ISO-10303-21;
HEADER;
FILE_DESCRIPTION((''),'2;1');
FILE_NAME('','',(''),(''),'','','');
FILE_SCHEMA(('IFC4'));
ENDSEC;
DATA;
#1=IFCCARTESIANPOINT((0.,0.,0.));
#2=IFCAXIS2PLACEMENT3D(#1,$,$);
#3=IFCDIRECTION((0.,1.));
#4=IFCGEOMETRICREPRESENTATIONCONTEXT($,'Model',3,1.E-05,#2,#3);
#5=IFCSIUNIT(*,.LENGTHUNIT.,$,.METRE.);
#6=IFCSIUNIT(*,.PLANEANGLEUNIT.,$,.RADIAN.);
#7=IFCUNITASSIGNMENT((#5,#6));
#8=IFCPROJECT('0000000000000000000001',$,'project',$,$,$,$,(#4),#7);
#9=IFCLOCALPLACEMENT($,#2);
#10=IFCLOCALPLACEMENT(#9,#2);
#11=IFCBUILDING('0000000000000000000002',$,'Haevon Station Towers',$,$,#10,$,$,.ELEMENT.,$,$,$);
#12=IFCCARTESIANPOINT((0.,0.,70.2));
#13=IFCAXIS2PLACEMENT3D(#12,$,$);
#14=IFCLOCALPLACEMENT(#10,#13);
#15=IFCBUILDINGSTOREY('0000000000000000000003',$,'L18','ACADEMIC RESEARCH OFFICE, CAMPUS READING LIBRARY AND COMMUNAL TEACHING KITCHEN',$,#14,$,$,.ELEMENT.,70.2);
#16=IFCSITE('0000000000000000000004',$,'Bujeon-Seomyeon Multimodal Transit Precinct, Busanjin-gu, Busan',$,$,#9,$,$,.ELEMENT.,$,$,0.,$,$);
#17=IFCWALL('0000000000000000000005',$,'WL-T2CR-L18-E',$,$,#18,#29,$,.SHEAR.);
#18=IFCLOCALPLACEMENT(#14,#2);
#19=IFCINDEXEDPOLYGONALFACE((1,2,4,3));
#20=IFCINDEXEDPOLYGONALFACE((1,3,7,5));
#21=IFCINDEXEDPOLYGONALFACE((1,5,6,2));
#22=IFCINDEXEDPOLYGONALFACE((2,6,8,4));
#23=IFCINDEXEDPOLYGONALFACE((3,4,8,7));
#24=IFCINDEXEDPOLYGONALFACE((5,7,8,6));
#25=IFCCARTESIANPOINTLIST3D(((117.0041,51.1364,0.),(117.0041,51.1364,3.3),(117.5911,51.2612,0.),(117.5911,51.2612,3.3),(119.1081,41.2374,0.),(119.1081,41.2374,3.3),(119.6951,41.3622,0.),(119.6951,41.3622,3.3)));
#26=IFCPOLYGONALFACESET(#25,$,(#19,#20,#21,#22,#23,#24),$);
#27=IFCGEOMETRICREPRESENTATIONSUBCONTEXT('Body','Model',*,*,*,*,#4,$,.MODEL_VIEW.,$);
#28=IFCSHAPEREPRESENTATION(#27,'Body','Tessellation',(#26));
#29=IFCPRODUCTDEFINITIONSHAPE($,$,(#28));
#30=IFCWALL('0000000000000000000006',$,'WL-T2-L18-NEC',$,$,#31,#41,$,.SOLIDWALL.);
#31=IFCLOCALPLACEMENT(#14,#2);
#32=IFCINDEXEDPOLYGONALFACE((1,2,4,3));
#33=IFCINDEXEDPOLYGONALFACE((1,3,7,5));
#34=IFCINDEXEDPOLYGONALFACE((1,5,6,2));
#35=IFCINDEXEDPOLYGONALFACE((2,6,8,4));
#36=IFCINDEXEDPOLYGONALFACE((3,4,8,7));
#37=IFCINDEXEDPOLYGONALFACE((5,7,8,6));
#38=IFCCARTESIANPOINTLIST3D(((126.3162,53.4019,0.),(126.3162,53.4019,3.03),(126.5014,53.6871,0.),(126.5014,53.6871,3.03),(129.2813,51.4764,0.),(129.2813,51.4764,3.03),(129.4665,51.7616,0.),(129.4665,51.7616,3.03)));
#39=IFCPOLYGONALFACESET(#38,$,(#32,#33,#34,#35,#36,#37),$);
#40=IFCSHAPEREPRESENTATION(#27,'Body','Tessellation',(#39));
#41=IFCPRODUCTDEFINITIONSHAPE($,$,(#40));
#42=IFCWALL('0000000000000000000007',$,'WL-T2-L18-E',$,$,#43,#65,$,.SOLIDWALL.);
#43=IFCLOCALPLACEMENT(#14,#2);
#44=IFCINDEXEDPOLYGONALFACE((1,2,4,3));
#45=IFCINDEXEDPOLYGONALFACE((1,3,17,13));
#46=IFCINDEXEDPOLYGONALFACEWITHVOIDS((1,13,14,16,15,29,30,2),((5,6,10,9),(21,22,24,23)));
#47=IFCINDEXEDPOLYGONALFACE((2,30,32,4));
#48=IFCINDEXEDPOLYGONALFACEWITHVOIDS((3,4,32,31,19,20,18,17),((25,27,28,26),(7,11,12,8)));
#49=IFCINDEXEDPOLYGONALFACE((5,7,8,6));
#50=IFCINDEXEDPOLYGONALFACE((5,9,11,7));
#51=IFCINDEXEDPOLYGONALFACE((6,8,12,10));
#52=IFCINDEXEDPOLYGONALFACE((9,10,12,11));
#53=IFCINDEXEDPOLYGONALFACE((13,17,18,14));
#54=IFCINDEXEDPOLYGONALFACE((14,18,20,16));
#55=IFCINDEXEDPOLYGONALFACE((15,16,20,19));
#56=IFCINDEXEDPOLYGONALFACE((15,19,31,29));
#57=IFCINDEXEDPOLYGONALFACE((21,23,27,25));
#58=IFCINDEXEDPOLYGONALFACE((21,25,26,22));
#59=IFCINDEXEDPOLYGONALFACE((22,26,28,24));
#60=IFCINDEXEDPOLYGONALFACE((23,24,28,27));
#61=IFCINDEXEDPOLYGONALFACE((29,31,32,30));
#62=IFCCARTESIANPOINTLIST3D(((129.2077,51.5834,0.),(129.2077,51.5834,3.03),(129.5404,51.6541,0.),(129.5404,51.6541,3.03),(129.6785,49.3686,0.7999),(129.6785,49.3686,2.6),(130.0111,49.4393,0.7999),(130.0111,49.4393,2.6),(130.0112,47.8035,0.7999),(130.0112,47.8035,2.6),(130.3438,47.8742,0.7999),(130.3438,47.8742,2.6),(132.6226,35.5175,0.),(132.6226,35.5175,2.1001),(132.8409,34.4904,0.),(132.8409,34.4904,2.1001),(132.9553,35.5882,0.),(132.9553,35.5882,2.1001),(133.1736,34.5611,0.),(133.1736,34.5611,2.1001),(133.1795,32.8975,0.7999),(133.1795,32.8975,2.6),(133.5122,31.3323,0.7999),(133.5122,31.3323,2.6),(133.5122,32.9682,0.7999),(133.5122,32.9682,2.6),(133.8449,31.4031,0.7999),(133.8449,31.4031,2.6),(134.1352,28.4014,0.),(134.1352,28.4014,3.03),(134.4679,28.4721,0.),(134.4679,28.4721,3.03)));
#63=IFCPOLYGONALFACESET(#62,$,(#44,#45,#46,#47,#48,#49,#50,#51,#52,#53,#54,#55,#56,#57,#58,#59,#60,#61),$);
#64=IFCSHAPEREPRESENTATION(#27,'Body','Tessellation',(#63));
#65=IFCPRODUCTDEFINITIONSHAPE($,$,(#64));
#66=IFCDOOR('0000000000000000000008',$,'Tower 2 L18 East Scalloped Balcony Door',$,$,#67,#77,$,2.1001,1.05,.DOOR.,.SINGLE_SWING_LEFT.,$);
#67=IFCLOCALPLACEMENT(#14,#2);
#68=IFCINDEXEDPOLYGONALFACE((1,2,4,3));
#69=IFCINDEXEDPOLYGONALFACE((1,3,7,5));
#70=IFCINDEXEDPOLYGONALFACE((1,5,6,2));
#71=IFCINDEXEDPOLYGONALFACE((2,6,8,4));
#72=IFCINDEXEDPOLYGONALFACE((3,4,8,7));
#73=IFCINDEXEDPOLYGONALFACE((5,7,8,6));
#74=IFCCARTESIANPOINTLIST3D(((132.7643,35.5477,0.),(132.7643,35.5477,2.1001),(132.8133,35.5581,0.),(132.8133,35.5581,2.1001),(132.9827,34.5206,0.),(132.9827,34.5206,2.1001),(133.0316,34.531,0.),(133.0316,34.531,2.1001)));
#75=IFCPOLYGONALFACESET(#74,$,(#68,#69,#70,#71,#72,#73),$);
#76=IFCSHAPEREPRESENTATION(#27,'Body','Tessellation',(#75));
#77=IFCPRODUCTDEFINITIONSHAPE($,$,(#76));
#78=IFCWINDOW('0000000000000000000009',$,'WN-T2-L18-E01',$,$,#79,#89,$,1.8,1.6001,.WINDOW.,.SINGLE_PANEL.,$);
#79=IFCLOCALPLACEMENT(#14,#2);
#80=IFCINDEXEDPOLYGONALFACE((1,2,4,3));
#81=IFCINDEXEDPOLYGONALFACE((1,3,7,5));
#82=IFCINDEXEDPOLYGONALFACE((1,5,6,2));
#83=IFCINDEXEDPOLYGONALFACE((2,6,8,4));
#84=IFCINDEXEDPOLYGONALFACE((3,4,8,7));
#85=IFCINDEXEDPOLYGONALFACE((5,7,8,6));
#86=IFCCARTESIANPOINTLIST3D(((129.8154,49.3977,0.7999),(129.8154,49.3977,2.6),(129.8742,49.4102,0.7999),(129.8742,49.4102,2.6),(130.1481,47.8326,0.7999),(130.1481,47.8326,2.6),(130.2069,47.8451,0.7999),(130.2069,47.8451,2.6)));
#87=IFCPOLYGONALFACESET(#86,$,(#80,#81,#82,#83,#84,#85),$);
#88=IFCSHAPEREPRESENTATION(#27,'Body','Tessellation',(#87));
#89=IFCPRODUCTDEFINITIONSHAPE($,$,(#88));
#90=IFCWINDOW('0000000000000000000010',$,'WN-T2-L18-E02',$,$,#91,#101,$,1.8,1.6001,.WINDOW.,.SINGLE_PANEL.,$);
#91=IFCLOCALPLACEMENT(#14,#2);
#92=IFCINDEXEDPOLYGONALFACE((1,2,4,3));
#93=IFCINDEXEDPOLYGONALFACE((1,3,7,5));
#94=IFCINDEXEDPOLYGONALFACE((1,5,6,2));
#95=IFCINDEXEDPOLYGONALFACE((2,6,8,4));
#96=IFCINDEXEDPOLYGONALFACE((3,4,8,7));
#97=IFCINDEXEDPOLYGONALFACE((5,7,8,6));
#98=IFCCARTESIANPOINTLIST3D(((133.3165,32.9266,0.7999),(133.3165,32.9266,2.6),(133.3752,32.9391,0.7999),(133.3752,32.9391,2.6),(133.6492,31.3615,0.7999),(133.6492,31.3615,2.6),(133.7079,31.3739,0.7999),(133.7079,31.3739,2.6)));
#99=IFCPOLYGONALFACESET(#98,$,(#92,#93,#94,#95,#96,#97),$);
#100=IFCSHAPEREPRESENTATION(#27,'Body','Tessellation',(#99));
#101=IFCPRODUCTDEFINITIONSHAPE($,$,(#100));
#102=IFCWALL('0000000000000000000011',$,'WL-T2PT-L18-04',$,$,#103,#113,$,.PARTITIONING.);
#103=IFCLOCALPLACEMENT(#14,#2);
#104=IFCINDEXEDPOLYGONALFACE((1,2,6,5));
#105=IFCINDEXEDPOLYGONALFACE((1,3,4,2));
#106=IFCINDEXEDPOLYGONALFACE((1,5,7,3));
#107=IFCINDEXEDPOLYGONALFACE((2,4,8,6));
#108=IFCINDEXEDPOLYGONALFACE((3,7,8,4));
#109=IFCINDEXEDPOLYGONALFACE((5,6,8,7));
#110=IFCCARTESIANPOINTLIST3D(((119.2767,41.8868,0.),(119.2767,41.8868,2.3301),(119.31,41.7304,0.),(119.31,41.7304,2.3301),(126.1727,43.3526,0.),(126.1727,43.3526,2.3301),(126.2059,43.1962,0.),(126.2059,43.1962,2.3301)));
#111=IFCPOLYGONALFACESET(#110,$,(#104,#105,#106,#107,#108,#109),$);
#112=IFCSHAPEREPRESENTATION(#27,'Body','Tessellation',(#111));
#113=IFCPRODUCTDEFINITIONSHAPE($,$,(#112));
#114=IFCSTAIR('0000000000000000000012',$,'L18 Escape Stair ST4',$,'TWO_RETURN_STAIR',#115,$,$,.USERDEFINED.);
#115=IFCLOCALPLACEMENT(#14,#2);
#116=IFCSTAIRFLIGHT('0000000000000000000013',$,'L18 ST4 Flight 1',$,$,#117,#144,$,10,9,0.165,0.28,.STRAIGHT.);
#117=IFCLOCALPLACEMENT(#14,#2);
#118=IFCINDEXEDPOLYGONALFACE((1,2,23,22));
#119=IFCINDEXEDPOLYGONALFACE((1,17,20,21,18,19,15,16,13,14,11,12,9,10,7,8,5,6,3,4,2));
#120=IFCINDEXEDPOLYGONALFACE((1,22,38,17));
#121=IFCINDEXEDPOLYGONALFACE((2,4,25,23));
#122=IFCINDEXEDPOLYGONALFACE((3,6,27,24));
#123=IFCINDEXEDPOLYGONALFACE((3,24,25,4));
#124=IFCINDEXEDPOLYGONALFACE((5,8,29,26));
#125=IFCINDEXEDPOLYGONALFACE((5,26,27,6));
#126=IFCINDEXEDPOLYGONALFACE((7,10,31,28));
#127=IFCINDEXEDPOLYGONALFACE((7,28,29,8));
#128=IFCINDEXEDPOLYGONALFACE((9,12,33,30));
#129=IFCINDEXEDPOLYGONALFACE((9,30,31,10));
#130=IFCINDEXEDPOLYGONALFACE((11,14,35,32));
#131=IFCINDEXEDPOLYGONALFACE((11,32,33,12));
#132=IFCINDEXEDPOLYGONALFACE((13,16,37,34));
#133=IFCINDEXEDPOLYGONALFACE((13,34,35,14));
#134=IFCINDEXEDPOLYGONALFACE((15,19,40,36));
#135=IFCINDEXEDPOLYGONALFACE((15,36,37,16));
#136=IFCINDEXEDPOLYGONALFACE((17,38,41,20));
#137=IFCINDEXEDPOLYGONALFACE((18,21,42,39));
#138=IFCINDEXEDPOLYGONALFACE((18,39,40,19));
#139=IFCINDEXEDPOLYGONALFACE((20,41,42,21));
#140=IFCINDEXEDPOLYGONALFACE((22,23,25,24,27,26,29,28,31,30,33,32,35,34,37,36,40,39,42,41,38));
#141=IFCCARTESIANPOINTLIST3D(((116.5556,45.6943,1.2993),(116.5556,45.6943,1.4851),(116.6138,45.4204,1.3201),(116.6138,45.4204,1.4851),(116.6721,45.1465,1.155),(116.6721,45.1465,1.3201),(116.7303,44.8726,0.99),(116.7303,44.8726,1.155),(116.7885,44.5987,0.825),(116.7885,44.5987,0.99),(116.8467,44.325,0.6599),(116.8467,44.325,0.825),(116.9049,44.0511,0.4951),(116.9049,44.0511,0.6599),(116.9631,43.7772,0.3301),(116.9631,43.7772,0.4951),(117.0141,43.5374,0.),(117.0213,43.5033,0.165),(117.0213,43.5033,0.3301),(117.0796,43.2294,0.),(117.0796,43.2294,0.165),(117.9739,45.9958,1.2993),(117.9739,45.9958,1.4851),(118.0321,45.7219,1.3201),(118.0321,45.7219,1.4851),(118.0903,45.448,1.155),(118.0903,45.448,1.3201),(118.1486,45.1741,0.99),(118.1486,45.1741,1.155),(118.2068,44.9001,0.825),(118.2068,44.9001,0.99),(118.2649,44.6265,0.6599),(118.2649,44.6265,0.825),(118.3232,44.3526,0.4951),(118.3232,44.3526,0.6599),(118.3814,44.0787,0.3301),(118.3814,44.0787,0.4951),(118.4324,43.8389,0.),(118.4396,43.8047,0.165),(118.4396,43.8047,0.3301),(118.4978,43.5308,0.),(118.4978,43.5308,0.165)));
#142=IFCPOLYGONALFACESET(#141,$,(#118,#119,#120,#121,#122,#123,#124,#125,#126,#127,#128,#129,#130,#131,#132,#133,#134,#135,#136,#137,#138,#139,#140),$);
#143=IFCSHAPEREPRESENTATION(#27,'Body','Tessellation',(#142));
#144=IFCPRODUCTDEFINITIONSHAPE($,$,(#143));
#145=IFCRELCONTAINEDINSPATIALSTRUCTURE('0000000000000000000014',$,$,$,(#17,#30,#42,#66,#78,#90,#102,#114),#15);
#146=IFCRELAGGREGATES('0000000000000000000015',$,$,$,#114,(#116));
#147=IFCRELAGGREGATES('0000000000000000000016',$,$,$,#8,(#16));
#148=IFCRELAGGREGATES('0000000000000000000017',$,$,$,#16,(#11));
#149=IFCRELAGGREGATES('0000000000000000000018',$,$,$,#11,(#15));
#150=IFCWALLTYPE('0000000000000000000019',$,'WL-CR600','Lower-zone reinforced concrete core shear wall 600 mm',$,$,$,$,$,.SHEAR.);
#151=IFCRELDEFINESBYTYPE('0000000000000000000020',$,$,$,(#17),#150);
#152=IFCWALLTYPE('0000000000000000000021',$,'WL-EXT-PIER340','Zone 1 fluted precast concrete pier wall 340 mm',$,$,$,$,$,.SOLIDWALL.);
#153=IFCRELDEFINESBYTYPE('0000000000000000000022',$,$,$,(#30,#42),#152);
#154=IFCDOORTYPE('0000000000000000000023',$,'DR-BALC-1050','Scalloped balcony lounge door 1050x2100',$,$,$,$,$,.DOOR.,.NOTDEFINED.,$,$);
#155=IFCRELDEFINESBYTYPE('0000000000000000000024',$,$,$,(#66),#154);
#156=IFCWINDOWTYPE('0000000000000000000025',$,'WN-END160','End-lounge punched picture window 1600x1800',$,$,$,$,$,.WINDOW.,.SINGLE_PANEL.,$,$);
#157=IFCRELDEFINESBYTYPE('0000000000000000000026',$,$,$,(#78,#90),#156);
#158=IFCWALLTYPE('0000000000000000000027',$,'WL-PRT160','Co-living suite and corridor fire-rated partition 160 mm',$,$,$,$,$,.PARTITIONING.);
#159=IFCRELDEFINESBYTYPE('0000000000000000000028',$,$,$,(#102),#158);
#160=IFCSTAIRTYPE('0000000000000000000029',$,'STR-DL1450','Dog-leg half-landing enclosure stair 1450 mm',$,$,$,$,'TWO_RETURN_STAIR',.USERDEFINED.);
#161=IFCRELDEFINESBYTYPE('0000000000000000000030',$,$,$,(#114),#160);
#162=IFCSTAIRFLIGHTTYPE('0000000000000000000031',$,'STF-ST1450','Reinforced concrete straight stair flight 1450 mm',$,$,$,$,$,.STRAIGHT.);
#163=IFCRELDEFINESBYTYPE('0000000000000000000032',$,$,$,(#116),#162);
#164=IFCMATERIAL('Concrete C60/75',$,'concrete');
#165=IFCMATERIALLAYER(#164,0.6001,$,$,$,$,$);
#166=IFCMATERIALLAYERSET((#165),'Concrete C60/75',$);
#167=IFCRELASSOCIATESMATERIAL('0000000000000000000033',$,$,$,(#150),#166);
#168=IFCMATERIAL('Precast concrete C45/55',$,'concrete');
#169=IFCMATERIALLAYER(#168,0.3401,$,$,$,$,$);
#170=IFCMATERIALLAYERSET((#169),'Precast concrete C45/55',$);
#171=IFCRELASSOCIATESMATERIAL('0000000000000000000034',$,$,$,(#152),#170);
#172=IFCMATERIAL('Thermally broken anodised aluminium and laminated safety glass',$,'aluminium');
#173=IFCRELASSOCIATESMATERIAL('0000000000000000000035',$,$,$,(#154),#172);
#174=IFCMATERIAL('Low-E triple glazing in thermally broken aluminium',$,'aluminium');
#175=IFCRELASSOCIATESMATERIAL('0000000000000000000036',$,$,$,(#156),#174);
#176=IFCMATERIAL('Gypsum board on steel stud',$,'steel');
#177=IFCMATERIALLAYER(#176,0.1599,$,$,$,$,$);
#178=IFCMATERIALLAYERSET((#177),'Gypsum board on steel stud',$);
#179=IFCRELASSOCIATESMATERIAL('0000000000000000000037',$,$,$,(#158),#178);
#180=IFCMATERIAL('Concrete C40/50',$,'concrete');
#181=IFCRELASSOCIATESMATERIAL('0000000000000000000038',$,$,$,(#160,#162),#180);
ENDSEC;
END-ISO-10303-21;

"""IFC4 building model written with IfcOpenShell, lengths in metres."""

from ifc_helpers import new_model, si_unit, direction, frame, frame_2d, origin, place, context, subcontext, project, spatial, polyline, rectangle, outline, extrude, material, layer, layer_set, type_object, element, fill, aggregate, save


model = new_model("IFC4")

# Units and contexts
model_context = context("Model", 3, precision=1e-05, world=origin(), true_north=direction((0.0, 1.0)))
body_context = subcontext(model_context, "Body", "Model", "MODEL_VIEW")
ifc_project = project(units=[si_unit("LENGTHUNIT", "METRE"), si_unit("PLANEANGLEUNIT", "RADIAN")], contexts=[model_context])

# Site, building, storey
site_placement = place(None, origin())
site = spatial("IfcSite", under=ifc_project, at=site_placement, Name="Bujeon-Seomyeon Multimodal Transit Precinct, Busanjin-gu, Busan", CompositionType="ELEMENT", RefElevation=0.0)
building_placement = place(site_placement, origin())
building = spatial("IfcBuilding", under=site, at=building_placement, Name="Haevon Station Towers", CompositionType="ELEMENT")
storey_placement = place(building_placement, frame((0.0, 0.0, 70.2)))
storey = spatial("IfcBuildingStorey", under=building, at=storey_placement, Name="L18", Description="ACADEMIC RESEARCH OFFICE, CAMPUS READING LIBRARY AND COMMUNAL TEACHING KITCHEN", CompositionType="ELEMENT", Elevation=70.2)

# Walls
ifc_material_1 = material(Name="Concrete C60/75", Category="concrete")
ifc_layer_1 = layer(ifc_material_1, 0.6001)
ifc_layer_set_1 = layer_set([ifc_layer_1], Name="Concrete C60/75")
wall_type_1 = type_object("IfcWallType", Name="WL-CR600", Description="Lower-zone reinforced concrete core shear wall 600 mm", PredefinedType="SHEAR", material=ifc_layer_set_1)
wall_1_placement = place(storey_placement, frame((119.4016, 41.2998, 0.0), z_axis=(0.0, 0.0, 1.0), x_axis=(-0.207904, 0.978149, 0.0)))
element("IfcWall", 1, at=wall_1_placement, inside=storey, type_object=wall_type_1, Name="WL-T2CR-L18-E", PredefinedType="SHEAR", context=body_context, shape_type="SweptSolid", body=[
    extrude(rectangle(XDim=10.1201, YDim=0.6001, at=frame_2d((5.0601, 0.0))), origin(), (0.0, 0.0, 1.0), 3.3),
])
ifc_material_2 = material(Name="Precast concrete C45/55", Category="concrete")
ifc_layer_2 = layer(ifc_material_2, 0.3401)
ifc_layer_set_2 = layer_set([ifc_layer_2], Name="Precast concrete C45/55")
wall_type_2 = type_object("IfcWallType", Name="WL-EXT-PIER340", Description="Zone 1 fluted precast concrete pier wall 340 mm", PredefinedType="SOLIDWALL", material=ifc_layer_set_2)
wall_2_placement = place(storey_placement, frame((126.4089, 53.5444, 0.0), z_axis=(0.0, 0.0, 1.0), x_axis=(0.838672, -0.544636, 0.0)))
element("IfcWall", 2, at=wall_2_placement, inside=storey, type_object=wall_type_2, Name="WL-T2-L18-NEC", PredefinedType="SOLIDWALL", context=body_context, shape_type="SweptSolid", body=[
    extrude(rectangle(XDim=3.5354, YDim=0.3401, at=frame_2d((1.7676, 0.0))), origin(), (0.0, 0.0, 1.0), 3.03),
])

# Wall, openings, door, windows
wall_3_placement = place(storey_placement, frame((129.374, 51.6189, 0.0), z_axis=(0.0, 0.0, 1.0), x_axis=(0.207911, -0.978148, 0.0)))
wall_3 = element("IfcWall", 3, at=wall_3_placement, inside=storey, type_object=wall_type_2, Name="WL-T2-L18-E", PredefinedType="SOLIDWALL", context=body_context, shape_type="SweptSolid", body=[
    extrude(rectangle(XDim=23.7, YDim=0.3401, at=frame_2d((11.8501, 0.0))), origin(), (0.0, 0.0, 1.0), 3.03),
])
opening_1_placement = place(wall_3_placement, frame((16.425, 0.0, 0.0)))
opening_1 = element("IfcOpeningElement", 4, at=opening_1_placement, cuts=wall_3, PredefinedType="OPENING", context=body_context, shape_type="SweptSolid", body=[
    extrude(rectangle(XDim=1.05, YDim=2.1001, at=frame_2d((0.5249, 1.05))), frame((0.0, 0.1799, 0.0), z_axis=(0.0, -1.0, 0.0), x_axis=(1.0, 0.0, 0.0)), (0.0, 0.0, 1.0), 0.3601),
])
opening_2_placement = place(wall_3_placement, frame((2.2644, 0.0, 0.8)))
opening_2 = element("IfcOpeningElement", 5, at=opening_2_placement, cuts=wall_3, PredefinedType="OPENING", context=body_context, shape_type="SweptSolid", body=[
    extrude(rectangle(XDim=1.6001, YDim=1.8, at=frame_2d((0.8, 0.8999))), frame((0.0, 0.1799, 0.0), z_axis=(0.0, -1.0, 0.0), x_axis=(1.0, 0.0, 0.0)), (0.0, 0.0, 1.0), 0.3601),
])
opening_3_placement = place(wall_3_placement, frame((19.1035, 0.0, 0.8)))
opening_3 = element("IfcOpeningElement", 6, at=opening_3_placement, cuts=wall_3, PredefinedType="OPENING", context=body_context, shape_type="SweptSolid", body=[
    extrude(rectangle(XDim=1.6001, YDim=1.8, at=frame_2d((0.8, 0.8999))), frame((0.0, 0.1799, 0.0), z_axis=(0.0, -1.0, 0.0), x_axis=(1.0, 0.0, 0.0)), (0.0, 0.0, 1.0), 0.3601),
])
ifc_material_3 = material(Name="Thermally broken anodised aluminium and laminated safety glass", Category="aluminium")
door_type = type_object("IfcDoorType", Name="DR-BALC-1050", Description="Scalloped balcony lounge door 1050x2100", OperationType="NOTDEFINED", PredefinedType="DOOR", material=ifc_material_3)
door_placement = place(opening_1_placement, origin())
door = element("IfcDoor", 7, at=door_placement, inside=storey, type_object=door_type, Name="Tower 2 L18 East Scalloped Balcony Door", OperationType="SINGLE_SWING_LEFT", OverallHeight=2.1001, OverallWidth=1.05, PredefinedType="DOOR", context=body_context, shape_type="SweptSolid", body=[
    extrude(rectangle(XDim=1.05, YDim=2.1001, at=frame_2d((0.5249, 1.05))), frame((0.0, 0.0249, 0.0), z_axis=(0.0, -1.0, 0.0), x_axis=(1.0, 0.0, 0.0)), (0.0, 0.0, 1.0), 0.05),
])
fill(opening_1, door)
ifc_material_4 = material(Name="Low-E triple glazing in thermally broken aluminium", Category="aluminium")
window_type = type_object("IfcWindowType", Name="WN-END160", Description="End-lounge punched picture window 1600x1800", PartitioningType="SINGLE_PANEL", PredefinedType="WINDOW", material=ifc_material_4)
window_1_placement = place(opening_2_placement, origin())
window_1 = element("IfcWindow", 8, at=window_1_placement, inside=storey, type_object=window_type, Name="WN-T2-L18-E01", OverallHeight=1.8, OverallWidth=1.6001, PartitioningType="SINGLE_PANEL", PredefinedType="WINDOW", context=body_context, shape_type="SweptSolid", body=[
    extrude(rectangle(XDim=1.6001, YDim=1.8, at=frame_2d((0.8, 0.8999))), frame((0.0, 0.03, 0.0), z_axis=(0.0, -1.0, 0.0), x_axis=(1.0, 0.0, 0.0)), (0.0, 0.0, 1.0), 0.0601),
])
fill(opening_2, window_1)
window_2_placement = place(opening_3_placement, origin())
window_2 = element("IfcWindow", 9, at=window_2_placement, inside=storey, type_object=window_type, Name="WN-T2-L18-E02", OverallHeight=1.8, OverallWidth=1.6001, PartitioningType="SINGLE_PANEL", PredefinedType="WINDOW", context=body_context, shape_type="SweptSolid", body=[
    extrude(rectangle(XDim=1.6001, YDim=1.8, at=frame_2d((0.8, 0.8999))), frame((0.0, 0.03, 0.0), z_axis=(0.0, -1.0, 0.0), x_axis=(1.0, 0.0, 0.0)), (0.0, 0.0, 1.0), 0.0601),
])
fill(opening_3, window_2)

# Wall
ifc_material_5 = material(Name="Gypsum board on steel stud", Category="steel")
ifc_layer_3 = layer(ifc_material_5, 0.1599)
ifc_layer_set_3 = layer_set([ifc_layer_3], Name="Gypsum board on steel stud")
wall_type_3 = type_object("IfcWallType", Name="WL-PRT160", Description="Co-living suite and corridor fire-rated partition 160 mm", PredefinedType="PARTITIONING", material=ifc_layer_set_3)
wall_4_placement = place(storey_placement, frame((119.2935, 41.8086, 0.0), z_axis=(0.0, 0.0, 1.0), x_axis=(0.978147, 0.207916, 0.0)))
element("IfcWall", 10, at=wall_4_placement, inside=storey, type_object=wall_type_3, Name="WL-T2PT-L18-04", PredefinedType="PARTITIONING", context=body_context, shape_type="SweptSolid", body=[
    extrude(rectangle(XDim=7.05, YDim=0.1599, at=frame_2d((3.5249, 0.0))), origin(), (0.0, 0.0, 1.0), 2.3301),
])

# Stair, stair flight
ifc_material_6 = material(Name="Concrete C40/50", Category="concrete")
stair_type = type_object("IfcStairType", Name="STR-DL1450", Description="Dog-leg half-landing enclosure stair 1450 mm", ElementType="TWO_RETURN_STAIR", PredefinedType="USERDEFINED", material=ifc_material_6)
stair_placement = place(storey_placement, origin())
stair = element("IfcStair", 11, at=stair_placement, inside=storey, type_object=stair_type, Name="L18 Escape Stair ST4", ObjectType="TWO_RETURN_STAIR", PredefinedType="USERDEFINED")
stair_flight_type = type_object("IfcStairFlightType", Name="STF-ST1450", Description="Reinforced concrete straight stair flight 1450 mm", PredefinedType="STRAIGHT", material=ifc_material_6)
stair_flight_1_placement = place(storey_placement, frame((117.7888, 43.3801, 0.0), z_axis=(0.0, 0.0, 1.0), x_axis=(-0.207912, 0.978148, 0.0)))
stair_flight_1 = element("IfcStairFlight", 12, at=stair_flight_1_placement, type_object=stair_flight_type, Name="L18 ST4 Flight 1", NumberOfRisers=10, NumberOfTreads=9, PredefinedType="STRAIGHT", RiserHeight=0.165, TreadLength=0.28, context=body_context, shape_type="SweptSolid", body=[
    extrude(outline(polyline([(0.0, 0.0), (0.0, 0.165), (0.28, 0.165), (0.28, 0.3301), (0.5601, 0.3301), (0.5601, 0.4951), (0.8401, 0.4951), (0.8401, 0.6599), (1.1201, 0.6599), (1.1201, 0.825), (1.3999, 0.825), (1.3999, 0.99), (1.6799, 0.99), (1.6799, 1.155), (1.96, 1.155), (1.96, 1.3201), (2.24, 1.3201), (2.24, 1.4851), (2.52, 1.4851), (2.52, 1.6499), (2.52, 1.2993), (0.3149, 0.0), (0.0, 0.0)])), frame((0.0, 0.7251, 0.0), z_axis=(0.0, -1.0, 0.0), x_axis=(1.0, 0.0, 0.0)), (0.0, 0.0, 1.0), 1.45),
])
aggregate(stair, [stair_flight_1])

save(model, "model.ifc")
